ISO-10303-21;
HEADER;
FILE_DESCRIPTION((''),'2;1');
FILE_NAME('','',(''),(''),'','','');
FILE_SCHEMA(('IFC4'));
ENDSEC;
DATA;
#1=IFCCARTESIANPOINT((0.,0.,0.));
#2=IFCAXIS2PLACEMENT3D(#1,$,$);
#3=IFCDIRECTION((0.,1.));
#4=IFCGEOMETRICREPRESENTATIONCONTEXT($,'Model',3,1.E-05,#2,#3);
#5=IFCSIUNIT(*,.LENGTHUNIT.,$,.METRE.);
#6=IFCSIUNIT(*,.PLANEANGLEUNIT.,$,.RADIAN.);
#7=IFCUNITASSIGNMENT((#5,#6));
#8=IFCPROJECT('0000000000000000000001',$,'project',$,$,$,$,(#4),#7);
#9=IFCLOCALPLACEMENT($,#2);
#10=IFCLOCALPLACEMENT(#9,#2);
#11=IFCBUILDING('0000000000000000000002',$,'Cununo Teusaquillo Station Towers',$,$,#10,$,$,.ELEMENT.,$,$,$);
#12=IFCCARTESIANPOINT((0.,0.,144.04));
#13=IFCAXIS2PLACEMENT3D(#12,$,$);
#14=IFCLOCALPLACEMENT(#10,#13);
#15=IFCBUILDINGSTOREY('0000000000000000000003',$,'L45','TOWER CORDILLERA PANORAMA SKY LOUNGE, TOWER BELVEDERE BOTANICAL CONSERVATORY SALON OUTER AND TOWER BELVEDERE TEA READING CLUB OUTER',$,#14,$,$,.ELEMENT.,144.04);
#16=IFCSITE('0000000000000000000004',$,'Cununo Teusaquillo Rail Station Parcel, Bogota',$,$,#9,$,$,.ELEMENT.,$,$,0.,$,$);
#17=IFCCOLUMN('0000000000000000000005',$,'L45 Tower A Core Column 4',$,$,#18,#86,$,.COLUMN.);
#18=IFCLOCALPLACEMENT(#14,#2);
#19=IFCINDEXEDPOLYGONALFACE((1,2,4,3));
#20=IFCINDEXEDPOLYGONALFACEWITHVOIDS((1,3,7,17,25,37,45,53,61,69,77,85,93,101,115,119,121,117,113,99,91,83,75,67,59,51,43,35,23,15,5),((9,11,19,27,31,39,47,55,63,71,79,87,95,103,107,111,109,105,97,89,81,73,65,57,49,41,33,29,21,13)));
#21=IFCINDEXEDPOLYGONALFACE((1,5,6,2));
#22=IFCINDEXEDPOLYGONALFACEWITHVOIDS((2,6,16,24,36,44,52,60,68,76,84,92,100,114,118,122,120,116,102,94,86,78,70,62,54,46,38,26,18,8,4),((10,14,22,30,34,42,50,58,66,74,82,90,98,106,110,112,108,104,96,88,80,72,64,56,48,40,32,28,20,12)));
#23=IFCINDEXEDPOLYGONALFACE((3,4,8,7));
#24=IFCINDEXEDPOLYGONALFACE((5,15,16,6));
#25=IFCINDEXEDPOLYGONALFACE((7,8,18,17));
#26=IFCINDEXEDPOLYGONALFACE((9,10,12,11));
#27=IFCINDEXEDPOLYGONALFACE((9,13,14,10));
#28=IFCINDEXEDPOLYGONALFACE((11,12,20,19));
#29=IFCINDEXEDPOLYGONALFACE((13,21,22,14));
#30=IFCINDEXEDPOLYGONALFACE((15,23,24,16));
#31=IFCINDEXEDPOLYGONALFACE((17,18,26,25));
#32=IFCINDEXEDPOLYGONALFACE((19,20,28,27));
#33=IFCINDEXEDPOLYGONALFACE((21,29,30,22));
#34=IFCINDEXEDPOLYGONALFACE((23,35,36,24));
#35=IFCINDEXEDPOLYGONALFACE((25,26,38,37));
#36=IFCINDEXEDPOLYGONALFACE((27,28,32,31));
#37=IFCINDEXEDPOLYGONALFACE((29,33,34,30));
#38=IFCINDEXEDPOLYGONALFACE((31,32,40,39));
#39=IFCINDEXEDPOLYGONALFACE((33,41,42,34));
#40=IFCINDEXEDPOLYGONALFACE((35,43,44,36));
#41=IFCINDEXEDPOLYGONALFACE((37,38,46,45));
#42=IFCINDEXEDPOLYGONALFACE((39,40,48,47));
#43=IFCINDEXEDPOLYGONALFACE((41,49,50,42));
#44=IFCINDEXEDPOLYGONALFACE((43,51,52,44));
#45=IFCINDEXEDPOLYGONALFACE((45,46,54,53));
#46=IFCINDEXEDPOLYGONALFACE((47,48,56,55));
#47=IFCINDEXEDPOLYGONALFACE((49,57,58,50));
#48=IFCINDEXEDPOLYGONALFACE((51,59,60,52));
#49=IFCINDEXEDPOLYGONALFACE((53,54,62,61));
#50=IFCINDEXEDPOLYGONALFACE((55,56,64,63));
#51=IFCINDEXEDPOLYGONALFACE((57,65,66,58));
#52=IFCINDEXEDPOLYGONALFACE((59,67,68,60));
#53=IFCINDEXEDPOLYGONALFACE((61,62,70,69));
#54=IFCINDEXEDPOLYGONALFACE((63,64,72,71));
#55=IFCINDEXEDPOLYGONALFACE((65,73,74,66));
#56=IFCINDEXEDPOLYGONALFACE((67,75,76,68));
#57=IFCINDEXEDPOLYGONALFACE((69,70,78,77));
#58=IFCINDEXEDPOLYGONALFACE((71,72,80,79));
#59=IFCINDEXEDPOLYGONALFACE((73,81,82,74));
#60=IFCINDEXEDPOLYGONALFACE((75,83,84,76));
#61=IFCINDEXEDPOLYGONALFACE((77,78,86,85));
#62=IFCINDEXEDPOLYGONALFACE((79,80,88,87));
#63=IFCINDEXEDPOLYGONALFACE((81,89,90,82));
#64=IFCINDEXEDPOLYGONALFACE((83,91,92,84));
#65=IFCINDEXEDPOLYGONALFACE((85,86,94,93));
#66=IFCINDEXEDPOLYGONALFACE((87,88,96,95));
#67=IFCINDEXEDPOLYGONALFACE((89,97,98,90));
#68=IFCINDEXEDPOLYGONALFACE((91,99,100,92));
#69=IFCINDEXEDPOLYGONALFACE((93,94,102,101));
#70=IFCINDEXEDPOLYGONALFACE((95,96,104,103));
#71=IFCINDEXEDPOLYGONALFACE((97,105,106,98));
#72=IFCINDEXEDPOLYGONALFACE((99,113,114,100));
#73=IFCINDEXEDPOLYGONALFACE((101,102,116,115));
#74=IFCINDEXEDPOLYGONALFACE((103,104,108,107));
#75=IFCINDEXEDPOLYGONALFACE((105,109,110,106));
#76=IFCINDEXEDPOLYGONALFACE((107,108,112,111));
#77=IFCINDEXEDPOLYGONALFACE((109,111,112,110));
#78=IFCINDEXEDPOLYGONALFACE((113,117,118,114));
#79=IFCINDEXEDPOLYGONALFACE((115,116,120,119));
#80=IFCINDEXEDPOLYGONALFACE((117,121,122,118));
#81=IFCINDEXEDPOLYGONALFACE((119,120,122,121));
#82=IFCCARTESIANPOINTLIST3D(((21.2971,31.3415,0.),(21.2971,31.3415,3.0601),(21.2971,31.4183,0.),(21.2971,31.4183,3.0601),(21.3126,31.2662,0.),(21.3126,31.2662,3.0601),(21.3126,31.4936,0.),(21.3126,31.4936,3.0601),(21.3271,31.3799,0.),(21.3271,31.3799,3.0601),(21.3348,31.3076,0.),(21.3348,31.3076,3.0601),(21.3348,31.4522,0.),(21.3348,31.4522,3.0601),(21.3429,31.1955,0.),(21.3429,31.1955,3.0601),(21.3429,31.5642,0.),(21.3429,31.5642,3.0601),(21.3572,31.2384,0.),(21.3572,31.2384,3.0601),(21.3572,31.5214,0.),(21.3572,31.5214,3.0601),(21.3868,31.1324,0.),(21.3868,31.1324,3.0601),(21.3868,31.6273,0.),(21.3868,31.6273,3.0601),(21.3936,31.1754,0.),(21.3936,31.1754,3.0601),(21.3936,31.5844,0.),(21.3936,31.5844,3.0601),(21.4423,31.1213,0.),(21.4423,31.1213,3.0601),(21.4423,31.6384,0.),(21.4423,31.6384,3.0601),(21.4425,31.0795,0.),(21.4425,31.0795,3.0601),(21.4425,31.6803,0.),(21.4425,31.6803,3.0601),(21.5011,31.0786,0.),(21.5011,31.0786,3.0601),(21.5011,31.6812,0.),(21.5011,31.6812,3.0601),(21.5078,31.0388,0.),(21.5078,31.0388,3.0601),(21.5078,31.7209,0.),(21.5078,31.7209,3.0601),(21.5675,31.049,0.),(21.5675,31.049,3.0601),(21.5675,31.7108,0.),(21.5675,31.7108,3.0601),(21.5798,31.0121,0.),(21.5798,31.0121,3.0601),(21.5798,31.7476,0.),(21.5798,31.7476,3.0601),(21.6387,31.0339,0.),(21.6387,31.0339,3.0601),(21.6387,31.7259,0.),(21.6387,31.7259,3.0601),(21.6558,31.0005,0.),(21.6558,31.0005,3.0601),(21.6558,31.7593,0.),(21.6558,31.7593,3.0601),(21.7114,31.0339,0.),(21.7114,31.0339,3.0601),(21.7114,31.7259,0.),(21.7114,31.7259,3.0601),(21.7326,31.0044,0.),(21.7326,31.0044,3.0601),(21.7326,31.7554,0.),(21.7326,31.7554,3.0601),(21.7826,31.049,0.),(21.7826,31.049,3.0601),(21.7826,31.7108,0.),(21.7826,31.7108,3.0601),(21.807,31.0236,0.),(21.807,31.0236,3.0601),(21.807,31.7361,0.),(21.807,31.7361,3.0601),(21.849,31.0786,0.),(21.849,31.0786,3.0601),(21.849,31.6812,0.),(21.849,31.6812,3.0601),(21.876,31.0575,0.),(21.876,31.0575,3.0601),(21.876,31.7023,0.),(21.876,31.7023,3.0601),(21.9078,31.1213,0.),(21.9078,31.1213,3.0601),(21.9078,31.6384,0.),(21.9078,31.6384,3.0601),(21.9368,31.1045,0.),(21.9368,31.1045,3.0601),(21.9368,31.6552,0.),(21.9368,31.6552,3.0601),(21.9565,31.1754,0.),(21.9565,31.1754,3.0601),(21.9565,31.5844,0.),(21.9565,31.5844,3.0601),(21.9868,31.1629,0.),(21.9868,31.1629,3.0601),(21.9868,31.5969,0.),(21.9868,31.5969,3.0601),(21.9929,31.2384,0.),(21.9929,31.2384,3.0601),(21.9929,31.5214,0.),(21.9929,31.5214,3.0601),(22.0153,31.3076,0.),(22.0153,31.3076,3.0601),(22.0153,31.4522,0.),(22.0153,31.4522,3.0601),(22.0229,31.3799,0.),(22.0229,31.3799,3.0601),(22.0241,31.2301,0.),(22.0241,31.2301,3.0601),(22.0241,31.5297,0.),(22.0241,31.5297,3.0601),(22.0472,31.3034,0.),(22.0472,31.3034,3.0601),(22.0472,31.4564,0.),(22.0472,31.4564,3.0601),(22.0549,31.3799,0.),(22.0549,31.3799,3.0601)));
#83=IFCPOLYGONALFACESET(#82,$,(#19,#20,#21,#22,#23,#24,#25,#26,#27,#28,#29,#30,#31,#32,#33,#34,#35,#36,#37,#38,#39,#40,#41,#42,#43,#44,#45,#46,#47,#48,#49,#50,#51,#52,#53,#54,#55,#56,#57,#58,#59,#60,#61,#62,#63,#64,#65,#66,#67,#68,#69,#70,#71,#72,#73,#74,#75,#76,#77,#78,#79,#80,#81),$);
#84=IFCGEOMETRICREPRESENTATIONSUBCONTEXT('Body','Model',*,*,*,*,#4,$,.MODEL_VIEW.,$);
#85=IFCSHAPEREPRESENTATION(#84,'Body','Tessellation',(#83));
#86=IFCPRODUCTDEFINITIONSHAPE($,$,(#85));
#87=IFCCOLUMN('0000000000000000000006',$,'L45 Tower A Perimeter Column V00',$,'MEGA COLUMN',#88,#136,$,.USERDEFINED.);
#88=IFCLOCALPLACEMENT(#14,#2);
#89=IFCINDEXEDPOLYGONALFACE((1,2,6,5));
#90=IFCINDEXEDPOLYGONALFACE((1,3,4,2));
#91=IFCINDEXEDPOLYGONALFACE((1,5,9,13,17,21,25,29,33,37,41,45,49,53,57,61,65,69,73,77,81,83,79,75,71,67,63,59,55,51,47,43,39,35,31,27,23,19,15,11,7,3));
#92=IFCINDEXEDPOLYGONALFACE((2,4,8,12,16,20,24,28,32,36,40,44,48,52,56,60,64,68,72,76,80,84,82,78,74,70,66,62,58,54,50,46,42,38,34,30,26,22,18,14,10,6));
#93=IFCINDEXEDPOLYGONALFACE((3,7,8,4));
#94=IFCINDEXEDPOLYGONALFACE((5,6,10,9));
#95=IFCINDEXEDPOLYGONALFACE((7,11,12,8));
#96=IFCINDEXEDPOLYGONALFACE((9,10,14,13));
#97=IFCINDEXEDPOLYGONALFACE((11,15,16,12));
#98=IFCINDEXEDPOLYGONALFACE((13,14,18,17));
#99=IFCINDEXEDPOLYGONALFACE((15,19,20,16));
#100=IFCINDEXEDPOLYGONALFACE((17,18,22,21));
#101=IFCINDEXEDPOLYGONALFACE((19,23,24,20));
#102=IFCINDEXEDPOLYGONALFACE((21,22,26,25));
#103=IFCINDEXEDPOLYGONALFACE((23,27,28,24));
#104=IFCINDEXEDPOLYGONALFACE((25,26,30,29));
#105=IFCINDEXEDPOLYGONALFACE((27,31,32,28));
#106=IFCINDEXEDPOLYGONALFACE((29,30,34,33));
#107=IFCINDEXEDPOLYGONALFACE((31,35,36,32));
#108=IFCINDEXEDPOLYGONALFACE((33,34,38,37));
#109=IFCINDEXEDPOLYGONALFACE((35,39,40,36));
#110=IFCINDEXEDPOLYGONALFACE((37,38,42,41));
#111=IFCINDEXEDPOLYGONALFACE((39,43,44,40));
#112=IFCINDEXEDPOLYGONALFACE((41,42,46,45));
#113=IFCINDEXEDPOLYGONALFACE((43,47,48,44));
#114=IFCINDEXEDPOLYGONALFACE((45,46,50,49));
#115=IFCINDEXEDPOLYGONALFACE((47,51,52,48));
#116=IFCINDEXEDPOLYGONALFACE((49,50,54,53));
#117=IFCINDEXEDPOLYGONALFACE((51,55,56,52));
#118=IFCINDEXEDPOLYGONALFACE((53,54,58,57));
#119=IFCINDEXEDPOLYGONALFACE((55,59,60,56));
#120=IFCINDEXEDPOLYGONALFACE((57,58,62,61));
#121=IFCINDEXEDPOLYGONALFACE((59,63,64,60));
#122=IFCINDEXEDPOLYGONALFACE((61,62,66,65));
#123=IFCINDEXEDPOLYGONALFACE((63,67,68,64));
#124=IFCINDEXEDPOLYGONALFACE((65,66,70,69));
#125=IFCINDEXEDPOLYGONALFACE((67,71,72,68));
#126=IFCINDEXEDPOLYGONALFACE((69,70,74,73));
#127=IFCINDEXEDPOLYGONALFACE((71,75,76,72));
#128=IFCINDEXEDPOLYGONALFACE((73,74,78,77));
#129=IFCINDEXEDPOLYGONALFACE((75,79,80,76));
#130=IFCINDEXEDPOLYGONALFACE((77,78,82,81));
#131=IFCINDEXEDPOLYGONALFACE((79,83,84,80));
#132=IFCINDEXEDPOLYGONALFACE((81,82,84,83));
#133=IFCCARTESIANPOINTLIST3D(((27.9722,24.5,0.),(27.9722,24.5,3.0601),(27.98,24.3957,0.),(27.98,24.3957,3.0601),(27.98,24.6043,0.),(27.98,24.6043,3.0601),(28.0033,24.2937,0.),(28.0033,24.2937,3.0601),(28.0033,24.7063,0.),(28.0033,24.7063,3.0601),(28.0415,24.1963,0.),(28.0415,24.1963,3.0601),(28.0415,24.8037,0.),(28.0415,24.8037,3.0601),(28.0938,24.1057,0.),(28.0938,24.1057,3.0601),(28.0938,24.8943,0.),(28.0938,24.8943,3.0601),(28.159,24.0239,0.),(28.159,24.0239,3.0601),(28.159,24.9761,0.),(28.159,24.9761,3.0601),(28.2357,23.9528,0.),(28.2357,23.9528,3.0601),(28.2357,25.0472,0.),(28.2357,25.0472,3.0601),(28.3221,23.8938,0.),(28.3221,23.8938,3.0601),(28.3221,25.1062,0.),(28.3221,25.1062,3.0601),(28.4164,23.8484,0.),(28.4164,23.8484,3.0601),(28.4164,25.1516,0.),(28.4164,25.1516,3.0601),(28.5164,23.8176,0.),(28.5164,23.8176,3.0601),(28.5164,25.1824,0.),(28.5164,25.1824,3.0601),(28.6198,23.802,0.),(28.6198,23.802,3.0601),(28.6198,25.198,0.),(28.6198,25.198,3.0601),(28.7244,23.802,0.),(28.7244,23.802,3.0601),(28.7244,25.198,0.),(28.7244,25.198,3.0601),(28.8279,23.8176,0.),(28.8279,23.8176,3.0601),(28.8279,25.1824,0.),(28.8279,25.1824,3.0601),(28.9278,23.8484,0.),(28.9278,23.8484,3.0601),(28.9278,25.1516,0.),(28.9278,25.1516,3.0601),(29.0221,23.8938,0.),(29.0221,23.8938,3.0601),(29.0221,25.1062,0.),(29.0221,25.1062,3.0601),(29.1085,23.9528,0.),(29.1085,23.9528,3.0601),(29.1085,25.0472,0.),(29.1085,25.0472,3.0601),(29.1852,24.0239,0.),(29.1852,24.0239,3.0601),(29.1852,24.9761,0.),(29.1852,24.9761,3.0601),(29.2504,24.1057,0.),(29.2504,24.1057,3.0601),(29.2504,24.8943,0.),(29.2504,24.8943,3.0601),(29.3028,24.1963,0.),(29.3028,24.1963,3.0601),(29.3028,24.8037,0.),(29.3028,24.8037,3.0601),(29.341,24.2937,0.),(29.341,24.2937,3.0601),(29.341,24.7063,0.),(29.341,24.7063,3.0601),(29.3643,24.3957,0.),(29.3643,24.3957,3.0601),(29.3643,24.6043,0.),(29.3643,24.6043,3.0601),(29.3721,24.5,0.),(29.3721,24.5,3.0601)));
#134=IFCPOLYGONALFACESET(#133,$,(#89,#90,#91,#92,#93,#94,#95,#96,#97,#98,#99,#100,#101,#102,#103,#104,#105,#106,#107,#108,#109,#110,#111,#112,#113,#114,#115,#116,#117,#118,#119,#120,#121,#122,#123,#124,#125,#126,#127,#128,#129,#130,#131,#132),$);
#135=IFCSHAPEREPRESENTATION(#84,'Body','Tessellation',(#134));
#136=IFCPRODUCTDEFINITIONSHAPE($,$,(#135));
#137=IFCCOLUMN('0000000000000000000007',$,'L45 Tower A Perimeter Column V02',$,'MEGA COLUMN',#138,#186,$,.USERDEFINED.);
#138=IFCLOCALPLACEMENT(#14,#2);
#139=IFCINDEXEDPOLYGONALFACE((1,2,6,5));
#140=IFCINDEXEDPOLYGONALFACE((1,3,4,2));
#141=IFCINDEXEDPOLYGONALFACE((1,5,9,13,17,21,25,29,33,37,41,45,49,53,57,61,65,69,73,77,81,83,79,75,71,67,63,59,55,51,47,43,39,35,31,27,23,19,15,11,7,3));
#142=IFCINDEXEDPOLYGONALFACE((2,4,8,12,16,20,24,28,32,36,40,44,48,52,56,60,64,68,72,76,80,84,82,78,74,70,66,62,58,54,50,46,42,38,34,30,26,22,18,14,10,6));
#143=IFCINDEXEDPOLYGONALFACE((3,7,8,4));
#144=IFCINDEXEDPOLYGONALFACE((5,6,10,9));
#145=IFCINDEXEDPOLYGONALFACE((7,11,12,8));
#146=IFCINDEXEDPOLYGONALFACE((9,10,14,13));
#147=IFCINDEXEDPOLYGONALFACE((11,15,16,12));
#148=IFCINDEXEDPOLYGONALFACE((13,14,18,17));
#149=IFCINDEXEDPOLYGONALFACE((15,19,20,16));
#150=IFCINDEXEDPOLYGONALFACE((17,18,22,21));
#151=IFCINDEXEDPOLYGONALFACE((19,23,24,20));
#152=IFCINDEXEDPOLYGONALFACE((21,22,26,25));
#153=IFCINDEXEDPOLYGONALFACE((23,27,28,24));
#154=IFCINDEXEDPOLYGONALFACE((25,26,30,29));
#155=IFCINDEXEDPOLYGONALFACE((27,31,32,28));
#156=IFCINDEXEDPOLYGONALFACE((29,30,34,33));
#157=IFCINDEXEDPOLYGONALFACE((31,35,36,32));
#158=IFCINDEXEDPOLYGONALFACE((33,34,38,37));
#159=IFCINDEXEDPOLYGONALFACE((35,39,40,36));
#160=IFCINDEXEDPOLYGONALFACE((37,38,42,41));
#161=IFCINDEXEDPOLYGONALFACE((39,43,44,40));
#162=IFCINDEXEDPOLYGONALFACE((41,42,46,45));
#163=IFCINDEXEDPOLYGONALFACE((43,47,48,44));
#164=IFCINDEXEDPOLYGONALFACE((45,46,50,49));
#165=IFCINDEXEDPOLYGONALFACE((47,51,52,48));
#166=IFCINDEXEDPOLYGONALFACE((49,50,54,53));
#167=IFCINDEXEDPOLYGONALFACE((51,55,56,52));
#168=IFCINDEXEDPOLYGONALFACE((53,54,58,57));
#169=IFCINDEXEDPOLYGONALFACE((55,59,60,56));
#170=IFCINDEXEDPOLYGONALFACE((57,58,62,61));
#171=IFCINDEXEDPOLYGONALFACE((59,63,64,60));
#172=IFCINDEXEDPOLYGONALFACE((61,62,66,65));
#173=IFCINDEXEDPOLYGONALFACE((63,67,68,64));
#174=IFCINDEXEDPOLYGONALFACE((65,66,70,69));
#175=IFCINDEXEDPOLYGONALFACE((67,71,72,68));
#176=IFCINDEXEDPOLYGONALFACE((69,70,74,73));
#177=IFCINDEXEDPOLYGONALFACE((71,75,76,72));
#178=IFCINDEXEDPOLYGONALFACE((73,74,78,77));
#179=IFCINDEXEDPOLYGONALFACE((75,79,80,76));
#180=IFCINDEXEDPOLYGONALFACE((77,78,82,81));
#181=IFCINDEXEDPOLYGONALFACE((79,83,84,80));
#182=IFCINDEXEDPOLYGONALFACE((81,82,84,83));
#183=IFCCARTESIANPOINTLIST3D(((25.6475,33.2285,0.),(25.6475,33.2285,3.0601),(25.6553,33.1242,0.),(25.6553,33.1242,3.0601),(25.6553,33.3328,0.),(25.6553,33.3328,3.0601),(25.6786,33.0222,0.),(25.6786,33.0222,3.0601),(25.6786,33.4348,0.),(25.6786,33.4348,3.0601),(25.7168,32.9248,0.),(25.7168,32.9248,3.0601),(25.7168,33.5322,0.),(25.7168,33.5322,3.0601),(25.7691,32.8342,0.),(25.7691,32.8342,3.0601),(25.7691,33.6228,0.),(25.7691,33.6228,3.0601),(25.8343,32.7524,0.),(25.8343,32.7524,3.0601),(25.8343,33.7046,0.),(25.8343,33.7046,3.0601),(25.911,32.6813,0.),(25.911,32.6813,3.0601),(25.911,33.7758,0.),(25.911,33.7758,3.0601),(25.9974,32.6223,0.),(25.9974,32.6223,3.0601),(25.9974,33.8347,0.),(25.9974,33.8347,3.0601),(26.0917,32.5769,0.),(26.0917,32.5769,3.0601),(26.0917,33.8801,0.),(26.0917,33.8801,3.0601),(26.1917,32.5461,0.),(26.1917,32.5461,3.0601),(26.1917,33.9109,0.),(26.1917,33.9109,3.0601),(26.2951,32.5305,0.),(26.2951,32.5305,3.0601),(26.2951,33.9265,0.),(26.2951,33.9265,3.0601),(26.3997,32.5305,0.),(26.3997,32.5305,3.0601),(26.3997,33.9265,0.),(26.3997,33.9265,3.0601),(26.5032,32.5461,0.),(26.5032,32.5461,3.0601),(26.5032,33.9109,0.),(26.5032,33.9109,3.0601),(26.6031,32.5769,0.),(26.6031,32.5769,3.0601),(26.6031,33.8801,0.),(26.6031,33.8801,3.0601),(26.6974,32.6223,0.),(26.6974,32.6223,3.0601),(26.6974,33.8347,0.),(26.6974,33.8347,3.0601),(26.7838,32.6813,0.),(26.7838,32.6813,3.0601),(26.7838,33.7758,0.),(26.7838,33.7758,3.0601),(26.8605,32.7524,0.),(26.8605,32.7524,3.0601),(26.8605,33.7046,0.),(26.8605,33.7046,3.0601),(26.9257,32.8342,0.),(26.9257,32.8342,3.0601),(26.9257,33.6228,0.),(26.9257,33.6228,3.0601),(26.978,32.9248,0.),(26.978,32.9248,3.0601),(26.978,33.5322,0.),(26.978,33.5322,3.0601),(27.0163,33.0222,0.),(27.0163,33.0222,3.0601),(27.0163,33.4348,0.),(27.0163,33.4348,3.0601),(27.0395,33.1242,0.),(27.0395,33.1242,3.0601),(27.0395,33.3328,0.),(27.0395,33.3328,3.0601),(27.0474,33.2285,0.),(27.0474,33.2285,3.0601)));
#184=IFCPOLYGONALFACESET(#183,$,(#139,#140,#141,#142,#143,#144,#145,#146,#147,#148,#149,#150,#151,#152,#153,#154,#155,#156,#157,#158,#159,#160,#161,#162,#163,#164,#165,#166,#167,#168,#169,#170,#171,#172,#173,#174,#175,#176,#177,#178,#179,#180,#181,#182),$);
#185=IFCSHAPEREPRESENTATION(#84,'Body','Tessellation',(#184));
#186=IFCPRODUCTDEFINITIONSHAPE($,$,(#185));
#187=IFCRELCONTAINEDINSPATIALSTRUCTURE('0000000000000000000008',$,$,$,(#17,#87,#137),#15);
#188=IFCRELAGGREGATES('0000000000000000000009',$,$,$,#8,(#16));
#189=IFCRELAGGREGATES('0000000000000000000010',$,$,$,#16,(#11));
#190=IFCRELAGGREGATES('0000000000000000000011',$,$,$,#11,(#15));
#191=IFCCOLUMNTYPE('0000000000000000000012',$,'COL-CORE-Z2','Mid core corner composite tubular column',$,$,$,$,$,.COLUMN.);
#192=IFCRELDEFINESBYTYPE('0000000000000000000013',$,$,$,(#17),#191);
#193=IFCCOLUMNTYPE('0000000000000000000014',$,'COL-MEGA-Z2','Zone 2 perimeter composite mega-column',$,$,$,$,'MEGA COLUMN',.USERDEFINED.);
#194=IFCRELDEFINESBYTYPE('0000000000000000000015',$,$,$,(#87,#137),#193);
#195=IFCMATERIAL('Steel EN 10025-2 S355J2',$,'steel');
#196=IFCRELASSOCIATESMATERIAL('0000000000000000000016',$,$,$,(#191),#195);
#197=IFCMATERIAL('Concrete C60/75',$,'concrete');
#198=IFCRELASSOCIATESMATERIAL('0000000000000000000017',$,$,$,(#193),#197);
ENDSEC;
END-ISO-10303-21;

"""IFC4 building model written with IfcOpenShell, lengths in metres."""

from ifc_helpers import new_model, si_unit, direction, frame, origin, origin_2d, place, context, subcontext, project, spatial, circle, hollow_circle, extrude, material, material_profile, profile_set, type_object, element, save


model = new_model("IFC4")

# Units and contexts
model_context = context("Model", 3, precision=1e-05, world=origin(), true_north=direction((0.0, 1.0)))
body_context = subcontext(model_context, "Body", "Model", "MODEL_VIEW")
ifc_project = project(units=[si_unit("LENGTHUNIT", "METRE"), si_unit("PLANEANGLEUNIT", "RADIAN")], contexts=[model_context])

# Site, building, storey
site_placement = place(None, origin())
site = spatial("IfcSite", under=ifc_project, at=site_placement, Name="Cununo Teusaquillo Rail Station Parcel, Bogota", CompositionType="ELEMENT", RefElevation=0.0)
building_placement = place(site_placement, origin())
building = spatial("IfcBuilding", under=site, at=building_placement, Name="Cununo Teusaquillo Station Towers", CompositionType="ELEMENT")
storey_placement = place(building_placement, frame((0.0, 0.0, 144.04)))
storey = spatial("IfcBuildingStorey", under=building, at=storey_placement, Name="L45", Description="TOWER CORDILLERA PANORAMA SKY LOUNGE, TOWER BELVEDERE BOTANICAL CONSERVATORY SALON OUTER AND TOWER BELVEDERE TEA READING CLUB OUTER", CompositionType="ELEMENT", Elevation=144.04)

# Columns
ifc_material_1 = material(Name="Steel EN 10025-2 S355J2", Category="steel")
ifc_material_profile_1 = material_profile(ifc_material_1, hollow_circle(Radius=0.3799, WallThickness=0.032, at=origin_2d()), Name="CHS 760x32")
ifc_profile_set_1 = profile_set([ifc_material_profile_1], Name="Steel EN 10025-2 S355J2")
column_type_1 = type_object("IfcColumnType", Name="COL-CORE-Z2", Description="Mid core corner composite tubular column", PredefinedType="COLUMN", material=ifc_profile_set_1)
column_placement = place(storey_placement, frame((21.675, 31.3799, 0.0), z_axis=(0.0, 0.0, 1.0), x_axis=(1.0, 0.0, 0.0)))
element("IfcColumn", 1, at=column_placement, inside=storey, type_object=column_type_1, Name="L45 Tower A Core Column 4", PredefinedType="COLUMN", context=body_context, shape_type="SweptSolid", body=[
    extrude(hollow_circle(Radius=0.3799, WallThickness=0.032, at=origin_2d()), origin(), (0.0, 0.0, 1.0), 3.0601),
])
ifc_material_2 = material(Name="Concrete C60/75", Category="concrete")
ifc_material_profile_2 = material_profile(ifc_material_2, circle(Radius=0.7, at=origin_2d()), Name="RC-CIRC-1400")
ifc_profile_set_2 = profile_set([ifc_material_profile_2], Name="Concrete C60/75")
column_type_2 = type_object("IfcColumnType", Name="COL-MEGA-Z2", Description="Zone 2 perimeter composite mega-column", ElementType="MEGA COLUMN", PredefinedType="USERDEFINED", material=ifc_profile_set_2)
for number, where, z_axis, x_axis, name in (
    (2, (28.6721, 24.5, 0.0), (0.0, 0.0, 1.0), (1.0, 0.0, 0.0), "L45 Tower A Perimeter Column V00"),
    (3, (26.3474, 33.2285, 0.0), (0.0, 0.0, 1.0), (1.0, 0.0, 0.0), "L45 Tower A Perimeter Column V02"),
):
    element("IfcColumn", number, at=place(storey_placement, frame(where, z_axis=z_axis, x_axis=x_axis)), inside=storey, type_object=column_type_2, Name=name, ObjectType="MEGA COLUMN", PredefinedType="USERDEFINED", context=body_context, shape_type="SweptSolid", body=[
        extrude(circle(Radius=0.7, at=origin_2d()), origin(), (0.0, 0.0, 1.0), 3.0601),
    ])

save(model, "model.ifc")
